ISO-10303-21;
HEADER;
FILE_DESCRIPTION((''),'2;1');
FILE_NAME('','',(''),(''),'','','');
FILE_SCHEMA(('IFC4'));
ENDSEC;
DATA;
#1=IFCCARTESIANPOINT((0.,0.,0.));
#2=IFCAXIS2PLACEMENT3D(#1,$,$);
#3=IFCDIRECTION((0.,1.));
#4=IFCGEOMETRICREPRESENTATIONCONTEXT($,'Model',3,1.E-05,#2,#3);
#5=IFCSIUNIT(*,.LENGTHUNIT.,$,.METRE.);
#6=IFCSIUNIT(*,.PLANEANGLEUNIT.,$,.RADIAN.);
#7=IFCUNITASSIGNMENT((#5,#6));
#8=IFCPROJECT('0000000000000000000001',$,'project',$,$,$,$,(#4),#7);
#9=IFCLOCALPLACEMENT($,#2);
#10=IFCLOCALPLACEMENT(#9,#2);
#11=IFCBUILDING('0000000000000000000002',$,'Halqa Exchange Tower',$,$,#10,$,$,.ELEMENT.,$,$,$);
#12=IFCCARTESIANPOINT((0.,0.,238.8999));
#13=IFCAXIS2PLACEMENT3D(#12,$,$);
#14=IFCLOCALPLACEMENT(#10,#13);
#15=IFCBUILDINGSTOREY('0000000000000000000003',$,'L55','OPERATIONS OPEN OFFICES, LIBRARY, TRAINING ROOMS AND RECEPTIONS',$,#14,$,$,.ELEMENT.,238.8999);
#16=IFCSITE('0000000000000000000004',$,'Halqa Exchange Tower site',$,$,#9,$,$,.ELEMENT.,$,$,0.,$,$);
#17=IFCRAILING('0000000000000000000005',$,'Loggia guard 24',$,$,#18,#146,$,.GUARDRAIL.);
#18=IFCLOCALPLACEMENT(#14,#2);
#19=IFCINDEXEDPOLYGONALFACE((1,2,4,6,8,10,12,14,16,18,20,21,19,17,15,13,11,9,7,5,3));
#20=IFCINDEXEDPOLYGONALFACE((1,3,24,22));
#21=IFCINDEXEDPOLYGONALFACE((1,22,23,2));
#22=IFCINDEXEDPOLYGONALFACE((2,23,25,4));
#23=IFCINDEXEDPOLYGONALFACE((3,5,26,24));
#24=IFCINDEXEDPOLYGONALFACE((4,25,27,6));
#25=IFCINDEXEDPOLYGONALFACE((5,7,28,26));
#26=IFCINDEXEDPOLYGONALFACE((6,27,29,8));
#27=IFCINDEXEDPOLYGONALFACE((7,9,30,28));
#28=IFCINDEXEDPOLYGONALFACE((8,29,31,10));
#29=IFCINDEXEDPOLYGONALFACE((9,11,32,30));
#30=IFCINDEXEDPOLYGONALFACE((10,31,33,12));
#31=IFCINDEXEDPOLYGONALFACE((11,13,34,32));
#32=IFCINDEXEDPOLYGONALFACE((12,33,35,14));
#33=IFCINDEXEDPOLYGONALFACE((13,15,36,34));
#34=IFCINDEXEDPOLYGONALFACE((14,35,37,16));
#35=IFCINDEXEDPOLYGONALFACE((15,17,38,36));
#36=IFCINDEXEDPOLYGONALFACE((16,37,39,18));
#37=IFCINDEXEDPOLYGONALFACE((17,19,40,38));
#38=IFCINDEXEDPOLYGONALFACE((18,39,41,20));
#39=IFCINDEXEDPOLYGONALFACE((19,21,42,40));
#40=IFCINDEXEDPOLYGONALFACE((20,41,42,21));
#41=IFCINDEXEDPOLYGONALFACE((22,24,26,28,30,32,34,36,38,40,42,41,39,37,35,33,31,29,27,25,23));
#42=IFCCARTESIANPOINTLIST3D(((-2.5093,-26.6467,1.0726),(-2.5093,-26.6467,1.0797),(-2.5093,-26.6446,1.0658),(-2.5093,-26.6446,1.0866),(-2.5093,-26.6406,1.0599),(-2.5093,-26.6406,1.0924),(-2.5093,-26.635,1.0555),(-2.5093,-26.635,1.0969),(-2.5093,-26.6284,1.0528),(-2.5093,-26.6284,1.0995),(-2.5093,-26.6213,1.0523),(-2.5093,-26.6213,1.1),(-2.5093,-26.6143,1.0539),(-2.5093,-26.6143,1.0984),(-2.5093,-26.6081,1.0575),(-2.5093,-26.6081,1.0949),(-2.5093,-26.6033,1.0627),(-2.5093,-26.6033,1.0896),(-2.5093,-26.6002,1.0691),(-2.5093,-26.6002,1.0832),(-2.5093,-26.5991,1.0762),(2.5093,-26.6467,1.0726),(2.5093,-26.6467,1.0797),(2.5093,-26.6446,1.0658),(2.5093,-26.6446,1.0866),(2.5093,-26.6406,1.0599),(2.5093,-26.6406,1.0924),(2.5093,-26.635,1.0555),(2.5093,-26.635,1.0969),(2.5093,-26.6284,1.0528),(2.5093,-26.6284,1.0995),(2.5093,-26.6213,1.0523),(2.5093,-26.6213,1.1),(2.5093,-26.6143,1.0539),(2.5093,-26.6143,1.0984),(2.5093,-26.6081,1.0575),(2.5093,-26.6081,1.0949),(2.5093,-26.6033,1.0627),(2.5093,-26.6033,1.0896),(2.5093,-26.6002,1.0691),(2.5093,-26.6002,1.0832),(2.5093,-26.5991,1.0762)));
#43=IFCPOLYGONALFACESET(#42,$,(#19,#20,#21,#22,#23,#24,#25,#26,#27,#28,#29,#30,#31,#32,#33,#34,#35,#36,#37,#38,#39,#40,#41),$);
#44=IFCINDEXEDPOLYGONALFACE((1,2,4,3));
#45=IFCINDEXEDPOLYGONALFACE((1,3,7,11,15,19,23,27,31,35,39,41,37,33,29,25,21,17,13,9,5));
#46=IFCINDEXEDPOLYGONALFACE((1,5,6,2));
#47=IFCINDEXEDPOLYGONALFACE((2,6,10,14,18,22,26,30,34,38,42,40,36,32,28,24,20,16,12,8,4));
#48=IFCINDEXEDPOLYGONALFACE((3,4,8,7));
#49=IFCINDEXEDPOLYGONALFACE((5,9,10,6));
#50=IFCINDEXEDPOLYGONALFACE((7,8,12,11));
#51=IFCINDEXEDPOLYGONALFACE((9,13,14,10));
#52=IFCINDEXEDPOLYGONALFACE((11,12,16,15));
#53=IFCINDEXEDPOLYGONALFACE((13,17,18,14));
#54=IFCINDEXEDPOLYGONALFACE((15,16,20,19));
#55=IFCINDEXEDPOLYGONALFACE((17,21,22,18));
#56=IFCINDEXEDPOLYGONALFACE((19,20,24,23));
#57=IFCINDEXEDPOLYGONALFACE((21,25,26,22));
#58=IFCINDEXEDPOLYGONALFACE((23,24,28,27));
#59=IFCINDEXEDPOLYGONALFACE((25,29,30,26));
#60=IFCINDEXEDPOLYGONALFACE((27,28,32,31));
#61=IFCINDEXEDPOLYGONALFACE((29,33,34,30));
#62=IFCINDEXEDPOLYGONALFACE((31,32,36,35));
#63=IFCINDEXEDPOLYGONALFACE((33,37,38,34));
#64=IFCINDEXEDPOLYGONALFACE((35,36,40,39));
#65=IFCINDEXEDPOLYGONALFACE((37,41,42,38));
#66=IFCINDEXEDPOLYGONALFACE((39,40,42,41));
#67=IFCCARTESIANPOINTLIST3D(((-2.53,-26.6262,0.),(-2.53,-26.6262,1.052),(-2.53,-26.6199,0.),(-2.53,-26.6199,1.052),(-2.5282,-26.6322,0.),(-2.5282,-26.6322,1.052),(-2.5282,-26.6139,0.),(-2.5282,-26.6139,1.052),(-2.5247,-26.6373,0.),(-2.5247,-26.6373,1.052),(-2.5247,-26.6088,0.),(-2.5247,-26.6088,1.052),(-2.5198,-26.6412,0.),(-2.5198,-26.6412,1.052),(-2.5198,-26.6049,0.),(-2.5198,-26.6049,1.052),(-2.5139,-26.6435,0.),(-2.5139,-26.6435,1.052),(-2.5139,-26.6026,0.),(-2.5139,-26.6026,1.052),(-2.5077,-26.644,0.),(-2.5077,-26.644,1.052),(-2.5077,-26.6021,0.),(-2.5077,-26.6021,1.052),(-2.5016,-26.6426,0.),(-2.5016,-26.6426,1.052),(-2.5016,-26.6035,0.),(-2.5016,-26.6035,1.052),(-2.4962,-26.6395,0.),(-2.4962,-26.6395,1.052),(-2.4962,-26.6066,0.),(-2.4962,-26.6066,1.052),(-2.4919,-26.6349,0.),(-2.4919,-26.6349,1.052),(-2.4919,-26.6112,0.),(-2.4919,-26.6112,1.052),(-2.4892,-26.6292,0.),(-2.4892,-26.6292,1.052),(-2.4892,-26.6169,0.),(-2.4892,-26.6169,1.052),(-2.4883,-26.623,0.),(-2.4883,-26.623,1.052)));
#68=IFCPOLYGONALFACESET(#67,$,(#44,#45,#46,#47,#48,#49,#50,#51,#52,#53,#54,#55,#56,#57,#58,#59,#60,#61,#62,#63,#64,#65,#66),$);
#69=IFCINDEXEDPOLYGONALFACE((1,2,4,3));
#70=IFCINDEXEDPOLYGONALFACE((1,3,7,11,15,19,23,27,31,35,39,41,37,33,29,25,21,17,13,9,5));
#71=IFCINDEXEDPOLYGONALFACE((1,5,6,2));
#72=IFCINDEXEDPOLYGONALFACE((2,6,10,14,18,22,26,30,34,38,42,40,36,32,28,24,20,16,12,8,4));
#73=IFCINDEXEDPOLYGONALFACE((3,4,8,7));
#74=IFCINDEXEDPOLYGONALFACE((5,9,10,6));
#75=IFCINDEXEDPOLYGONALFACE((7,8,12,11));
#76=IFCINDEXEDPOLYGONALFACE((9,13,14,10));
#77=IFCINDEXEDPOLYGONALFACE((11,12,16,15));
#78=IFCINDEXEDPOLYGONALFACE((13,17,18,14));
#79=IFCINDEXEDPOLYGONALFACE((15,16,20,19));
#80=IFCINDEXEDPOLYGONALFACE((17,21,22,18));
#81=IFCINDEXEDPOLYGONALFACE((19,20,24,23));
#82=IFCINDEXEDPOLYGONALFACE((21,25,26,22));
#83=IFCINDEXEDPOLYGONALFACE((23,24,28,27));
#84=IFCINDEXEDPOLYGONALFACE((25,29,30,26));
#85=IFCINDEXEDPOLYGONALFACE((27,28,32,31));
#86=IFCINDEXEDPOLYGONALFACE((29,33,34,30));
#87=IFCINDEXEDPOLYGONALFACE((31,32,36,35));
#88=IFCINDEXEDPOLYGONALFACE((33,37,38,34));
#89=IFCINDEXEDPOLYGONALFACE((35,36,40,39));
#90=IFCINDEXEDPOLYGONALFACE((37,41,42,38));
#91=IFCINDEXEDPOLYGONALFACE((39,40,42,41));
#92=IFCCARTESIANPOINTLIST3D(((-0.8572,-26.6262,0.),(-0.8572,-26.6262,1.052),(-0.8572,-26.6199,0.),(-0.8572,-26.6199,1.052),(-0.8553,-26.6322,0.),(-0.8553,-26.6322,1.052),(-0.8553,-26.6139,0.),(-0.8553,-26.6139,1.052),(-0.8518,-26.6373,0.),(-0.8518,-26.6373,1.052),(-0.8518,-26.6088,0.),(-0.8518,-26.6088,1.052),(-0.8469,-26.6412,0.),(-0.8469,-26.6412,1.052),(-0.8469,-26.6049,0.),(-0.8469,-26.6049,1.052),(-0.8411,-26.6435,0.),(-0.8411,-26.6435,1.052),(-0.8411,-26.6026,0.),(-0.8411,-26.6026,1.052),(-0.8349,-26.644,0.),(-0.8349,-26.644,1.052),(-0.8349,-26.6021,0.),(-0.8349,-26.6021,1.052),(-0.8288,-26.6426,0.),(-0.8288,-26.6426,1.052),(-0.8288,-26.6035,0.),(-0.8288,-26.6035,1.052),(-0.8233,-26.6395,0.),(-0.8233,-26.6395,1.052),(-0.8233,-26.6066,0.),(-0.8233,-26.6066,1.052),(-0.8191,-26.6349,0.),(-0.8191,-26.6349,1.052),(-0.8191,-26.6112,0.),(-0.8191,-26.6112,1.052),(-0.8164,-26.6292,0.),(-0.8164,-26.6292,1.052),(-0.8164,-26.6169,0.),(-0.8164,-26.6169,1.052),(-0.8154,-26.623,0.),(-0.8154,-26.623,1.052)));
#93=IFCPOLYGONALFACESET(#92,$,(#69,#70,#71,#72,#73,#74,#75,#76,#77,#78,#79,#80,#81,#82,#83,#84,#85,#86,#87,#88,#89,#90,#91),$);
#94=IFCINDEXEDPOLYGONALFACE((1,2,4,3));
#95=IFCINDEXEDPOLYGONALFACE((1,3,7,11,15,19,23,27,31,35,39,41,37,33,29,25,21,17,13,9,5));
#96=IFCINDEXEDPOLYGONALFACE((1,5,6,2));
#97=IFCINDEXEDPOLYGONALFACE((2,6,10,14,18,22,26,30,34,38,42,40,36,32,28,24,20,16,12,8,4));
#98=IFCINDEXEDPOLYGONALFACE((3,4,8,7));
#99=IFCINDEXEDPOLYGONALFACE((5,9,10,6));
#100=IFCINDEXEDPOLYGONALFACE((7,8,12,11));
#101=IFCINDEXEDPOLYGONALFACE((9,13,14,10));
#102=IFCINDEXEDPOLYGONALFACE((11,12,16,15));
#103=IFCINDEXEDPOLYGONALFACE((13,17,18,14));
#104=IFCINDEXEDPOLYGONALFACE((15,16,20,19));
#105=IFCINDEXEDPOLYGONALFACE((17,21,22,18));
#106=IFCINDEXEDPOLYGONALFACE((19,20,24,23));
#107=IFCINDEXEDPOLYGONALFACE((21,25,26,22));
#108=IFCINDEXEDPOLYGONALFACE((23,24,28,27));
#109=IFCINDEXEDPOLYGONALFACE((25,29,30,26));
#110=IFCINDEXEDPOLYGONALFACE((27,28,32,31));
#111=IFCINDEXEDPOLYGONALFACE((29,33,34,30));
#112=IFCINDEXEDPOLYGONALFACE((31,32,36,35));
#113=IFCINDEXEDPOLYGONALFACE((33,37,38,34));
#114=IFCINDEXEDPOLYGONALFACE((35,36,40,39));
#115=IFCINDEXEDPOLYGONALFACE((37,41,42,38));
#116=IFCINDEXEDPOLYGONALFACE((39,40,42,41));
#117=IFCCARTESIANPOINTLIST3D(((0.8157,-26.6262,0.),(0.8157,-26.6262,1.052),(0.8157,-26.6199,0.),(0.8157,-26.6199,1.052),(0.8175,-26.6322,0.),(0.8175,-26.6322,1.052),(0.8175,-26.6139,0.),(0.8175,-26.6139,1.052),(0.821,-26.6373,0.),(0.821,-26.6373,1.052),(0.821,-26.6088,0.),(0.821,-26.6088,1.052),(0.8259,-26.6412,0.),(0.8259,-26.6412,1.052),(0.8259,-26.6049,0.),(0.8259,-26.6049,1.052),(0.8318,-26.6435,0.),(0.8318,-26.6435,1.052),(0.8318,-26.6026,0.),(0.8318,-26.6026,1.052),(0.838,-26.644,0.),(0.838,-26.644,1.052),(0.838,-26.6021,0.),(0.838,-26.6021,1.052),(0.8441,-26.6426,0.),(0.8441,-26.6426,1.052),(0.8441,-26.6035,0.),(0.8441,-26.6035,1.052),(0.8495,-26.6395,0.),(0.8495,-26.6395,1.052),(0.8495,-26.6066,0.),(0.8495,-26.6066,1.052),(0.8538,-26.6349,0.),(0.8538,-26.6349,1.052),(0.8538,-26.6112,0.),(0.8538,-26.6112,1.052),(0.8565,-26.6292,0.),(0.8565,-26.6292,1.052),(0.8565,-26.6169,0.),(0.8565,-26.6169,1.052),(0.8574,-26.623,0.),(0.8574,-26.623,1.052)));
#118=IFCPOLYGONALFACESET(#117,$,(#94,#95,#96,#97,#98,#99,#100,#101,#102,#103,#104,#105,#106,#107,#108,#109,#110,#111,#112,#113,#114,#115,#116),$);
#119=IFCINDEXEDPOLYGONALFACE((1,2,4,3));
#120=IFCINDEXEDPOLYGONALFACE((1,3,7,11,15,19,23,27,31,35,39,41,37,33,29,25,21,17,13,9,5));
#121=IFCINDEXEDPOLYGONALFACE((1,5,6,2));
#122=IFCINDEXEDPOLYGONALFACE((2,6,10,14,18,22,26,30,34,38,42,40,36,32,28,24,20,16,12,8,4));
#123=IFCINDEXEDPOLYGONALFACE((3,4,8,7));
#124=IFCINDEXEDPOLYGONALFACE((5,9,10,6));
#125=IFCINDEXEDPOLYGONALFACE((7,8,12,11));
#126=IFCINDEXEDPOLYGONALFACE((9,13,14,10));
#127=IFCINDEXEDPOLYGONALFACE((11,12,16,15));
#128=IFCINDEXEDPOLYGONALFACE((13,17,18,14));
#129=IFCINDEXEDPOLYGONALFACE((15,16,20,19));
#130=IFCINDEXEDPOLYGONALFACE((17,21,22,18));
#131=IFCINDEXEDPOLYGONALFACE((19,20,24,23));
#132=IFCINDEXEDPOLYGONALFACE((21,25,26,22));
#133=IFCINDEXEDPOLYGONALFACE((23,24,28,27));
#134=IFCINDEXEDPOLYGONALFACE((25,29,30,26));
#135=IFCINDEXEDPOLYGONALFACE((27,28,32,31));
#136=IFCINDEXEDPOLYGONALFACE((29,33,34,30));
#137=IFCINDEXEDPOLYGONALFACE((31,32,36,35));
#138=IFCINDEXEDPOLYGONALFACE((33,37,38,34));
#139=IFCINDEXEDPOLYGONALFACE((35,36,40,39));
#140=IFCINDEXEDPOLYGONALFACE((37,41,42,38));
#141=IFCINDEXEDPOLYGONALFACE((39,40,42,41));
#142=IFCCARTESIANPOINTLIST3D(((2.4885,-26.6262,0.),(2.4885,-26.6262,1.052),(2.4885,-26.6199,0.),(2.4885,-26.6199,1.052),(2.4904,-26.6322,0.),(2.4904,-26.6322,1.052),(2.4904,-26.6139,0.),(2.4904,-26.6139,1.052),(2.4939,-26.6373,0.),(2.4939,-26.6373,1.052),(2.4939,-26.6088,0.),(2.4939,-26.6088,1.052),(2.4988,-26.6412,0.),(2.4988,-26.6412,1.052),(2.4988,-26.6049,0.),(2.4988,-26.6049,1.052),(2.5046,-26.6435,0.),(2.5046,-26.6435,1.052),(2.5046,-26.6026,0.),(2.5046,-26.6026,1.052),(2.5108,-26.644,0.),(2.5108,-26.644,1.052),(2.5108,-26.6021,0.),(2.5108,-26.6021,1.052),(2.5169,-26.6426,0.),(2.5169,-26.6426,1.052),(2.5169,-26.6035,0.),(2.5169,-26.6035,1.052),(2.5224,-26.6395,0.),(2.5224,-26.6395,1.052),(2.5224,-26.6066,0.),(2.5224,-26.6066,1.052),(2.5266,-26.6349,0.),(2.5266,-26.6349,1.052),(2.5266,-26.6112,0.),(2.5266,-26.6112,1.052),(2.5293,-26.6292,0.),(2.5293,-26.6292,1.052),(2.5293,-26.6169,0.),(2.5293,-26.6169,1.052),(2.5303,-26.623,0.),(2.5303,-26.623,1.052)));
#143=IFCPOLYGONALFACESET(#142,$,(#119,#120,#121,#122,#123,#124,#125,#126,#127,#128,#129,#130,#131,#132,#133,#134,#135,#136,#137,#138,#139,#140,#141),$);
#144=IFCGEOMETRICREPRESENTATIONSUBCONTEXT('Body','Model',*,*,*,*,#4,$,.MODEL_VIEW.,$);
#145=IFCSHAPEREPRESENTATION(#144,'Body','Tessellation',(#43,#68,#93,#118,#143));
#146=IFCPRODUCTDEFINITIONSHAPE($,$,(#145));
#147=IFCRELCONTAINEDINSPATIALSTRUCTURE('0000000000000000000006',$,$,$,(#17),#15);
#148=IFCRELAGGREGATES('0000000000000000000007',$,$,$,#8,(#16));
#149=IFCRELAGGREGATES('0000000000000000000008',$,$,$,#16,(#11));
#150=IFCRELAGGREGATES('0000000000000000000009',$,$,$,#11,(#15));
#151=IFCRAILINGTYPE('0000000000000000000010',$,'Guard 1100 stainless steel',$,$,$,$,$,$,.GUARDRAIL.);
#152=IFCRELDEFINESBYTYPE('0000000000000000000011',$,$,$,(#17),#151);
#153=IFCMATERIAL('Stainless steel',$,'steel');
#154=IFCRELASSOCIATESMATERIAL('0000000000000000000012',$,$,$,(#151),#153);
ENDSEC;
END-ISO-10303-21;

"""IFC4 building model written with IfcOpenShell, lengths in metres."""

from ifc_helpers import new_model, si_unit, direction, frame, origin, origin_2d, place, context, subcontext, project, spatial, circle, extrude, material, type_object, element, save


model = new_model("IFC4")

# Units and contexts
model_context = context("Model", 3, precision=1e-05, world=origin(), true_north=direction((0.0, 1.0)))
body_context = subcontext(model_context, "Body", "Model", "MODEL_VIEW")
ifc_project = project(units=[si_unit("LENGTHUNIT", "METRE"), si_unit("PLANEANGLEUNIT", "RADIAN")], contexts=[model_context])

# Site, building, storey
site_placement = place(None, origin())
site = spatial("IfcSite", under=ifc_project, at=site_placement, Name="Halqa Exchange Tower site", CompositionType="ELEMENT", RefElevation=0.0)
building_placement = place(site_placement, origin())
building = spatial("IfcBuilding", under=site, at=building_placement, Name="Halqa Exchange Tower", CompositionType="ELEMENT")
storey_placement = place(building_placement, frame((0.0, 0.0, 238.8999)))
storey = spatial("IfcBuildingStorey", under=building, at=storey_placement, Name="L55", Description="OPERATIONS OPEN OFFICES, LIBRARY, TRAINING ROOMS AND RECEPTIONS", CompositionType="ELEMENT", Elevation=238.8999)

# Railing
ifc_material_1 = material(Name="Stainless steel", Category="steel")
railing_type = type_object("IfcRailingType", Name="Guard 1100 stainless steel", PredefinedType="GUARDRAIL", material=ifc_material_1)
railing_1_placement = place(storey_placement, frame((-2.5093, -26.623, 0.0)))
element("IfcRailing", 1, at=railing_1_placement, inside=storey, type_object=railing_type, Name="Loggia guard 24", PredefinedType="GUARDRAIL", context=body_context, shape_type="SweptSolid", body=[
    extrude(circle(Radius=0.0239, at=origin_2d()), frame((0.0, 0.0, 1.0762), z_axis=(1.0, 0.0, 0.0), x_axis=(0.0, 1.0, 0.0)), (0.0, 0.0, 1.0), 5.0186),
    extrude(circle(Radius=0.021, at=origin_2d()), origin(), (0.0, 0.0, 1.0), 1.052),
    extrude(circle(Radius=0.021, at=origin_2d()), frame((1.6729, 0.0, 0.0)), (0.0, 0.0, 1.0), 1.052),
    extrude(circle(Radius=0.021, at=origin_2d()), frame((3.3457, 0.0, 0.0)), (0.0, 0.0, 1.0), 1.052),
    extrude(circle(Radius=0.021, at=origin_2d()), frame((5.0186, 0.0, 0.0)), (0.0, 0.0, 1.0), 1.052),
])

save(model, "model.ifc")
